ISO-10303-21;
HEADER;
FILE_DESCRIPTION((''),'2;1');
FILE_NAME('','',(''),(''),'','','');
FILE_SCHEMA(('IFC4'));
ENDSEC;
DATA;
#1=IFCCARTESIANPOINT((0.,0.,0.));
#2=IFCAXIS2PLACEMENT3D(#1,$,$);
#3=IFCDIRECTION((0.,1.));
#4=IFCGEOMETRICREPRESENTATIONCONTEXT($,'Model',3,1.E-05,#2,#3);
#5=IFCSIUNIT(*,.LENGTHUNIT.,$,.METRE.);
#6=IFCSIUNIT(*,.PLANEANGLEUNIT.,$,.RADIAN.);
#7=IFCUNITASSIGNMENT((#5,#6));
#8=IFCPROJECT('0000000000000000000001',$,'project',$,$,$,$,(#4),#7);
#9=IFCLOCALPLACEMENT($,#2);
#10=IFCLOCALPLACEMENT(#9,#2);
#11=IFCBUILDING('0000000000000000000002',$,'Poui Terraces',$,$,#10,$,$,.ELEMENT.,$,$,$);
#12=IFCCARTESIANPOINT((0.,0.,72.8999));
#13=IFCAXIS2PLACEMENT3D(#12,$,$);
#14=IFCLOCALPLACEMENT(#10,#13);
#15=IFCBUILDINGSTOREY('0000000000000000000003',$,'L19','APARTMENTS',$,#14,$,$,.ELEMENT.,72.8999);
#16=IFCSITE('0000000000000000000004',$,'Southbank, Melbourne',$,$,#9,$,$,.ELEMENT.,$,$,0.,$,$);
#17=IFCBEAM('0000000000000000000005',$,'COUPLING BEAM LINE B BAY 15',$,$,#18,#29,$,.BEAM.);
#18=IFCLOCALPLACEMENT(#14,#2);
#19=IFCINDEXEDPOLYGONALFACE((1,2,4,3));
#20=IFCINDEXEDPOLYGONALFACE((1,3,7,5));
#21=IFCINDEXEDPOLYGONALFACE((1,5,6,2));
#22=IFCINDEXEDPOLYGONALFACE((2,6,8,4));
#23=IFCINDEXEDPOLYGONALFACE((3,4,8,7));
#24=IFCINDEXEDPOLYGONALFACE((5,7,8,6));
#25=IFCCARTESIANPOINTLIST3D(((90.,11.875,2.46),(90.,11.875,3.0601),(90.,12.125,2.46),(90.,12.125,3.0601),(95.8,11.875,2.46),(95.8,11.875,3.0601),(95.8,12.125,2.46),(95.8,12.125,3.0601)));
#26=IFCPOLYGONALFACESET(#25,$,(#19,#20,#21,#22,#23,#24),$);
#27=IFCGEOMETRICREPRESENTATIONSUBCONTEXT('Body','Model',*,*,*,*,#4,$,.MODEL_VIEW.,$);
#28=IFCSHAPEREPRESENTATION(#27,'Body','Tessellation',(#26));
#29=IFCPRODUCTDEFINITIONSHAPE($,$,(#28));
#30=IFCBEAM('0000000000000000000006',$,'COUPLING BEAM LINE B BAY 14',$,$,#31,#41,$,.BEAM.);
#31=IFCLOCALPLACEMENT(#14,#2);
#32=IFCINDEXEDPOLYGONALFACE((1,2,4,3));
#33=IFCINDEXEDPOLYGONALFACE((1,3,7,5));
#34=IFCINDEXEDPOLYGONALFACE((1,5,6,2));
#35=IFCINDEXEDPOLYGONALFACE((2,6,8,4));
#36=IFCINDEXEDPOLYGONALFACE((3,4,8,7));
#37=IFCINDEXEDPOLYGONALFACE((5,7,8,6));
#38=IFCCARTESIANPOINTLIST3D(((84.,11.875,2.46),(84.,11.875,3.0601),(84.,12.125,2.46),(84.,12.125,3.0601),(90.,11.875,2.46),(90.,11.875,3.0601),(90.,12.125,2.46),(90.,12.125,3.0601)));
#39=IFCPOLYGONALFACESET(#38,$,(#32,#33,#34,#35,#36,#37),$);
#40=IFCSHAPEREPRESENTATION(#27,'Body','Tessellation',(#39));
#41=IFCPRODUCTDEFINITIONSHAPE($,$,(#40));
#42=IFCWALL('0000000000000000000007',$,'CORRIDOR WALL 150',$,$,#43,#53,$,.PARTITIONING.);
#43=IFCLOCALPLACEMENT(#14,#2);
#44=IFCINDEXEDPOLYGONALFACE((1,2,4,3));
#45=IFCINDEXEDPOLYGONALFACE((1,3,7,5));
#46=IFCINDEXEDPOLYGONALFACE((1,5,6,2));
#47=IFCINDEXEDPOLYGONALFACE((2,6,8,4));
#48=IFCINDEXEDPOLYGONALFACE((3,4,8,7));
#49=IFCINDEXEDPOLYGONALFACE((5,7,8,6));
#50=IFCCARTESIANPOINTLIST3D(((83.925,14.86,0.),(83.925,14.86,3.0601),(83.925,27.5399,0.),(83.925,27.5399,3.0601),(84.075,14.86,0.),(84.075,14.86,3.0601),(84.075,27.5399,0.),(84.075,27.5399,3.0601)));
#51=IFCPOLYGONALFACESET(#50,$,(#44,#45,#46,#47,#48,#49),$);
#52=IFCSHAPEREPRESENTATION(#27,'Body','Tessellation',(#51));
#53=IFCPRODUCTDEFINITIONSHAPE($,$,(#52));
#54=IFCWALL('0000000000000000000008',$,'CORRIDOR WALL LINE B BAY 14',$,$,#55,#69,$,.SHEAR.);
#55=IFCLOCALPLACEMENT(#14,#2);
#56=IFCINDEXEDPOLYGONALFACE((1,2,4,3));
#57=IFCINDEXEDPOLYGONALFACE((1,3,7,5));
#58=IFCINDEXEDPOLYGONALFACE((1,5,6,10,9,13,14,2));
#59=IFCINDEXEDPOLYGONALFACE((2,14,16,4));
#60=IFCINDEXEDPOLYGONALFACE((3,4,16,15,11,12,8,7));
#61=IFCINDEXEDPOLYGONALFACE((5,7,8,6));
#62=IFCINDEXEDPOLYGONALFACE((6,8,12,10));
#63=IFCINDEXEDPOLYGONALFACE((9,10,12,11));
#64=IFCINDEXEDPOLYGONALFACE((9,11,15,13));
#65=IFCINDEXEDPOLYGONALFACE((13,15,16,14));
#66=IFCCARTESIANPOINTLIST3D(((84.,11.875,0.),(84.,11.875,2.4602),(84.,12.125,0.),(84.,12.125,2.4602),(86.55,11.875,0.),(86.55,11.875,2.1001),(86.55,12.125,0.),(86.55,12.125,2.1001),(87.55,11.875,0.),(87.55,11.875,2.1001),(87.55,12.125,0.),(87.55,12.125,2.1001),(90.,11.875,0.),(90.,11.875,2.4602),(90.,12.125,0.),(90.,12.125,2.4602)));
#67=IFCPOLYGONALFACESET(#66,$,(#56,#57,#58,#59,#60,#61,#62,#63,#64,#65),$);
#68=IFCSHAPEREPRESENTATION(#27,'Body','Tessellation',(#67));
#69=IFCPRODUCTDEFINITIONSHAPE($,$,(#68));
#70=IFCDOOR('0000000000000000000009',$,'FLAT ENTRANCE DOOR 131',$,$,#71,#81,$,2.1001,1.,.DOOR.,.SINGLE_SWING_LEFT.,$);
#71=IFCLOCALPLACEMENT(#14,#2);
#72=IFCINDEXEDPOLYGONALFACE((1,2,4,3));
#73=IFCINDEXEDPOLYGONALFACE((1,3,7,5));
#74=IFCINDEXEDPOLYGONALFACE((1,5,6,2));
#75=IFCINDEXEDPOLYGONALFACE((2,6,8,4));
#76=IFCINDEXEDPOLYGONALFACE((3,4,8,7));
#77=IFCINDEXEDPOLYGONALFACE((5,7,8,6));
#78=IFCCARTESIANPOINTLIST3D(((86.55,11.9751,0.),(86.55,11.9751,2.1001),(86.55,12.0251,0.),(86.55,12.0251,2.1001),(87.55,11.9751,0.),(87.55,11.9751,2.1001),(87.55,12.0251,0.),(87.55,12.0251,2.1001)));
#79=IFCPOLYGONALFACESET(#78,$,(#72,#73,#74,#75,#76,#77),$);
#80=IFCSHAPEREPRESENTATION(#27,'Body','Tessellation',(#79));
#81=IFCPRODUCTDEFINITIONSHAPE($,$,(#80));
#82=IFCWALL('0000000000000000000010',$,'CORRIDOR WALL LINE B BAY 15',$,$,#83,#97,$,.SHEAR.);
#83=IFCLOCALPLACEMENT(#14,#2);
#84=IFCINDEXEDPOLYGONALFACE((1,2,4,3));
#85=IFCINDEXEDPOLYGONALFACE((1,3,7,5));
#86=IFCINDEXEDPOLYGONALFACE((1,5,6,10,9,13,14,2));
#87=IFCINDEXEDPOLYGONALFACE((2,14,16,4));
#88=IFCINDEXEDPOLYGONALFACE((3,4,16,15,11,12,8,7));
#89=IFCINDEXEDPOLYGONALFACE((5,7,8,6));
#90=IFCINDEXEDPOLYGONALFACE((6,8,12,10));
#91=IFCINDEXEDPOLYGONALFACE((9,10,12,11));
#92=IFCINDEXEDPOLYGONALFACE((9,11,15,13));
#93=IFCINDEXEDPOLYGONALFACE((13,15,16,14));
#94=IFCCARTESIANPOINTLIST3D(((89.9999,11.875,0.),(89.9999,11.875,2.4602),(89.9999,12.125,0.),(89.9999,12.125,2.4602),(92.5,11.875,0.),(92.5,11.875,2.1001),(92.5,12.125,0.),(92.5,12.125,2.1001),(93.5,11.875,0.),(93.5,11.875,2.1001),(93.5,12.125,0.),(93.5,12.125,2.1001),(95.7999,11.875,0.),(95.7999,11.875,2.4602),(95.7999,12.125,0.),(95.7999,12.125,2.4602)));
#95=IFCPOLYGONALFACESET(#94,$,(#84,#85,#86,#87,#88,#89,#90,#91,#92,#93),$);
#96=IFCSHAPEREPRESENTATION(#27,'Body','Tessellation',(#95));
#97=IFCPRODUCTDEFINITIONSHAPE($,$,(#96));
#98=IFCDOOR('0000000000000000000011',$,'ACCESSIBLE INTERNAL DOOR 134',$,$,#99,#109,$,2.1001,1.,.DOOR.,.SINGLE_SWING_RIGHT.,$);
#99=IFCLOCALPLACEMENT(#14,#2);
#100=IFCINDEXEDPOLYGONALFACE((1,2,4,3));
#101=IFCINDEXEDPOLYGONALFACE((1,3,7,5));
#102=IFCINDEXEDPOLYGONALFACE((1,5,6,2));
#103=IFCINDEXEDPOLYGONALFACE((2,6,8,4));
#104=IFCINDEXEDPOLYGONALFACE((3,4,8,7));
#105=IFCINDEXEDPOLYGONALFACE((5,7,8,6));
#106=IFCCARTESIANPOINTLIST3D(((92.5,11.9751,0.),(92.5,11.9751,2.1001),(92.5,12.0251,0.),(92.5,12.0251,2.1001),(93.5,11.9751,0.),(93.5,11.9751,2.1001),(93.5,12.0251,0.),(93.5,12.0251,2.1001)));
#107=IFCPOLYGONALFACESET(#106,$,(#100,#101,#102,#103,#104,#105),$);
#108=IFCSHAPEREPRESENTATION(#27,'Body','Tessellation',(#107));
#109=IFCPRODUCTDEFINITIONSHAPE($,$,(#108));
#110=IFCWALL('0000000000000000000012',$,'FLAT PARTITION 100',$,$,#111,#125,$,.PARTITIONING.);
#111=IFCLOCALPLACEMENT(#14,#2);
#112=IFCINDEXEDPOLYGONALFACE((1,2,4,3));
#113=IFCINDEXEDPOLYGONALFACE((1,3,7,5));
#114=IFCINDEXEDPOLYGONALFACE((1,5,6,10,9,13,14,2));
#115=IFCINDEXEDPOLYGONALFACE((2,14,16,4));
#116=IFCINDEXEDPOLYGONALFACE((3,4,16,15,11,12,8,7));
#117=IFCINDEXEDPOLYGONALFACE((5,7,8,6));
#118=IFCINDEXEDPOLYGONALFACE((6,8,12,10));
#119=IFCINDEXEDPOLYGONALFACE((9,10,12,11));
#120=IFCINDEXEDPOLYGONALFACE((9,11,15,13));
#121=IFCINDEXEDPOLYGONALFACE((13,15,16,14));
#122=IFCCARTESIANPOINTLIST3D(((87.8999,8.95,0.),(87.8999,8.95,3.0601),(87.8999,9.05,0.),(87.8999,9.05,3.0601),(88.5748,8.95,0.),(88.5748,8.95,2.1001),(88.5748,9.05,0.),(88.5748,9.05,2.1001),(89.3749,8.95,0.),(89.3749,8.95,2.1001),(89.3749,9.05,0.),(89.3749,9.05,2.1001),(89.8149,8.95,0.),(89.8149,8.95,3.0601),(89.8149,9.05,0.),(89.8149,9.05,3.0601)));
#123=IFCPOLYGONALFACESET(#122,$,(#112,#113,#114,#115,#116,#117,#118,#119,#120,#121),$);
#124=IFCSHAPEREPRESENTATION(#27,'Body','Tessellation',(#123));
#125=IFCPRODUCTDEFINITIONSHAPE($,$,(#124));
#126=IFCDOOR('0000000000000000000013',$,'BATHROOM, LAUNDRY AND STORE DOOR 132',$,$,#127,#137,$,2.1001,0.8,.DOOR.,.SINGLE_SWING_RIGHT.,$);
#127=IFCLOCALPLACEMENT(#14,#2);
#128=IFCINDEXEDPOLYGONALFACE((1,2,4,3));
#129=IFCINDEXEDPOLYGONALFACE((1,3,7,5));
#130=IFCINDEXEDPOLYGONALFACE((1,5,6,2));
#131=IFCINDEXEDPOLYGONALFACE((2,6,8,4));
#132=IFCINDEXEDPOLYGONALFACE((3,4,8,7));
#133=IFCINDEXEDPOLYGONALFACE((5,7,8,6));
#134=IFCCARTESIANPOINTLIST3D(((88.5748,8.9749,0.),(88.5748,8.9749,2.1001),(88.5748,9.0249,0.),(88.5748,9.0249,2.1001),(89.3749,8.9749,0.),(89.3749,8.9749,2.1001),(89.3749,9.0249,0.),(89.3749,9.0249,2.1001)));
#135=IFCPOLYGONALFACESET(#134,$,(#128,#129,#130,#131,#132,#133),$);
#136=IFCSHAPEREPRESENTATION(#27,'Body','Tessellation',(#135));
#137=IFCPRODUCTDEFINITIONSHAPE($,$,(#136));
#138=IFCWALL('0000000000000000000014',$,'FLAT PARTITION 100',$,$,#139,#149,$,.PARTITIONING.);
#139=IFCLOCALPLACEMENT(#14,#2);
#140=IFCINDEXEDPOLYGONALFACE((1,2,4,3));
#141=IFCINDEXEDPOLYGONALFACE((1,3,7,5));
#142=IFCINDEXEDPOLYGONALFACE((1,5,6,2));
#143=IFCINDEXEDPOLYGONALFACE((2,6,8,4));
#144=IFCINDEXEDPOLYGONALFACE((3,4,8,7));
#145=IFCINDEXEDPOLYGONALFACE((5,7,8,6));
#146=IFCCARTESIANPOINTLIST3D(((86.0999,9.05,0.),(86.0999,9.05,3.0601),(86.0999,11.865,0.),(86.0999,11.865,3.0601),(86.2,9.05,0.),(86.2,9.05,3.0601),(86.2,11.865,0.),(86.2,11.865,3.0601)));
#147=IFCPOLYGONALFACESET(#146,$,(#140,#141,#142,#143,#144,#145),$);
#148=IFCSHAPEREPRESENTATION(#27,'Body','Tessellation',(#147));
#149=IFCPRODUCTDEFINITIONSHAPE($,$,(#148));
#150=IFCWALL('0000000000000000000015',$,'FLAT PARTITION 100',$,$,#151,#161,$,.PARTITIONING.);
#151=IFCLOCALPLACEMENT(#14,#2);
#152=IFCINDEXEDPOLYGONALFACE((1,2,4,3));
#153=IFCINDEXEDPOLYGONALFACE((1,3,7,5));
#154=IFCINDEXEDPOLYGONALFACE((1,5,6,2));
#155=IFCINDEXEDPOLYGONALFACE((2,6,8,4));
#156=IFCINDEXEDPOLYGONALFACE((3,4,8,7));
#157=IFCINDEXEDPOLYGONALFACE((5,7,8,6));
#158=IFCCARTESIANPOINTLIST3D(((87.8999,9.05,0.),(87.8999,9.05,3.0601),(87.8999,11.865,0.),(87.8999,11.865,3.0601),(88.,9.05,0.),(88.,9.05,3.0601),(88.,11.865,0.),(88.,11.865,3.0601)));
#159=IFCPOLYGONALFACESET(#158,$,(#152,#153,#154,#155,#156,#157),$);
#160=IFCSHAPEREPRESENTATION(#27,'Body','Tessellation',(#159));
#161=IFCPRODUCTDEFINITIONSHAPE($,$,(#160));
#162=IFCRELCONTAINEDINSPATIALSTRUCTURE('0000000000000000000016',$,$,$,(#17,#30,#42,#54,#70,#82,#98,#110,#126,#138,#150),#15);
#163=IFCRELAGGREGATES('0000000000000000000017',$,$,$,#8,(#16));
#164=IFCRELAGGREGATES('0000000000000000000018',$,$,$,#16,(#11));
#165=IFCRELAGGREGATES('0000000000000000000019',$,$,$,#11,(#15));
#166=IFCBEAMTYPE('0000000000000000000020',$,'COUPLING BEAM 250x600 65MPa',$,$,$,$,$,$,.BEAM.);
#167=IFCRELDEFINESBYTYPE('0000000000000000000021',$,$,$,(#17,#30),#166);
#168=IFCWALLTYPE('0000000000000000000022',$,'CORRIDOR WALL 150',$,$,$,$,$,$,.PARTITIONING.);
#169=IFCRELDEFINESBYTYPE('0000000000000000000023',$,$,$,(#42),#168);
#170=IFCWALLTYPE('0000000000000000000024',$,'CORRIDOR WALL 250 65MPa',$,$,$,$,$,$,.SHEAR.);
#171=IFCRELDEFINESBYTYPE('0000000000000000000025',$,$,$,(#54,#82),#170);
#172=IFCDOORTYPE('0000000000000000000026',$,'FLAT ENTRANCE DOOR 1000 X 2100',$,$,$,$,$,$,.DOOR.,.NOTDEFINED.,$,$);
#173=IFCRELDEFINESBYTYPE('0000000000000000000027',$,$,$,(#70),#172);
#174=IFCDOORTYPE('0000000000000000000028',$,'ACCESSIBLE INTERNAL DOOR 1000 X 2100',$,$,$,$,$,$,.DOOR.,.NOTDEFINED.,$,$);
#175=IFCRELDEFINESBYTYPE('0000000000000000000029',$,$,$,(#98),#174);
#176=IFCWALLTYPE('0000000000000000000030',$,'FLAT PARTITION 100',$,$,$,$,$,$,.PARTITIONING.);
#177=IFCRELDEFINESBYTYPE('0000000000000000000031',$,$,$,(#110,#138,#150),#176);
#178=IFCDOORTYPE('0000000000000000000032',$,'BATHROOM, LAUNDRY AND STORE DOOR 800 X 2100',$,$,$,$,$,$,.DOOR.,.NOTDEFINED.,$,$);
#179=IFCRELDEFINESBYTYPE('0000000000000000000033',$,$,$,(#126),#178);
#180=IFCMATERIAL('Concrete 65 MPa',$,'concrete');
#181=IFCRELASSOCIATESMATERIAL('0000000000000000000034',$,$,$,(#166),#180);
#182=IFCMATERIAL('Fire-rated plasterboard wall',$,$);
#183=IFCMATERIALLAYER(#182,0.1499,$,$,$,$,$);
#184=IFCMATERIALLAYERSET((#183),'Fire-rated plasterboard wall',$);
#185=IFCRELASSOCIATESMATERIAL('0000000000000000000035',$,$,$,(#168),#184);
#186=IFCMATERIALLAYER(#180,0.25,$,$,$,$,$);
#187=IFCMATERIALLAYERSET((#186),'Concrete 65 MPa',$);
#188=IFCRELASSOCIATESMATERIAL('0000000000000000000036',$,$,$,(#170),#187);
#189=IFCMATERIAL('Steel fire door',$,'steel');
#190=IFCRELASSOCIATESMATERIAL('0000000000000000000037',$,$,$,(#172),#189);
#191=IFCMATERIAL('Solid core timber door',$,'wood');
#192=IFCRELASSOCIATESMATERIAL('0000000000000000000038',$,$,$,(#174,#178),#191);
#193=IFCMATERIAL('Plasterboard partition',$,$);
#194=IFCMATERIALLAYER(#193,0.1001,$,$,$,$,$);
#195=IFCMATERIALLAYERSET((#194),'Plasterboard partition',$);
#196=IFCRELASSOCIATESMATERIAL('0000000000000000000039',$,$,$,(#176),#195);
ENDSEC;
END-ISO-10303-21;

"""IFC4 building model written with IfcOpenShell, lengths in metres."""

from ifc_helpers import new_model, si_unit, direction, frame, frame_2d, origin, origin_2d, place, context, subcontext, project, spatial, rectangle, extrude, source, transform, mapped, material, layer, layer_set, material_profile, profile_set, type_object, element, fill, save


model = new_model("IFC4")

# Units and contexts
model_context = context("Model", 3, precision=1e-05, world=origin(), true_north=direction((0.0, 1.0)))
body_context = subcontext(model_context, "Body", "Model", "MODEL_VIEW")
ifc_project = project(units=[si_unit("LENGTHUNIT", "METRE"), si_unit("PLANEANGLEUNIT", "RADIAN")], contexts=[model_context])

# Site, building, storey
site_placement = place(None, origin())
site = spatial("IfcSite", under=ifc_project, at=site_placement, Name="Southbank, Melbourne", CompositionType="ELEMENT", RefElevation=0.0)
building_placement = place(site_placement, origin())
building = spatial("IfcBuilding", under=site, at=building_placement, Name="Poui Terraces", CompositionType="ELEMENT")
storey_placement = place(building_placement, frame((0.0, 0.0, 72.8999)))
storey = spatial("IfcBuildingStorey", under=building, at=storey_placement, Name="L19", Description="APARTMENTS", CompositionType="ELEMENT", Elevation=72.8999)

# Beams
ifc_material_1 = material(Name="Concrete 65 MPa", Category="concrete")
ifc_material_profile = material_profile(ifc_material_1, rectangle(XDim=0.25, YDim=0.6001, at=origin_2d()), Name="RC 250x600")
ifc_profile_set = profile_set([ifc_material_profile], Name="Concrete 65 MPa")
beam_type = type_object("IfcBeamType", Name="COUPLING BEAM 250x600 65MPa", PredefinedType="BEAM", material=ifc_profile_set)
shared_shape_1 = source(origin(), body_context, "Body", "SweptSolid", [
    extrude(rectangle(XDim=0.25, YDim=0.6001, at=origin_2d()), origin(), (0.0, 0.0, 1.0), 5.8),
])
beam_1_placement = place(storey_placement, frame((90.0, 12.0, 2.76), z_axis=(1.0, 0.0, 0.0), x_axis=(0.0, 1.0, 0.0)))
element("IfcBeam", 1, at=beam_1_placement, inside=storey, type_object=beam_type, Name="COUPLING BEAM LINE B BAY 15", PredefinedType="BEAM", context=body_context, shape_type="MappedRepresentation", body=[
    mapped(shared_shape_1, transform((0.0, 0.0, 0.0))),
])
shared_shape_2 = source(origin(), body_context, "Body", "SweptSolid", [
    extrude(rectangle(XDim=0.25, YDim=0.6001, at=origin_2d()), origin(), (0.0, 0.0, 1.0), 6.0),
])
beam_2_placement = place(storey_placement, frame((84.0, 12.0, 2.76), z_axis=(1.0, 0.0, 0.0), x_axis=(0.0, 1.0, 0.0)))
element("IfcBeam", 2, at=beam_2_placement, inside=storey, type_object=beam_type, Name="COUPLING BEAM LINE B BAY 14", PredefinedType="BEAM", context=body_context, shape_type="MappedRepresentation", body=[
    mapped(shared_shape_2, transform((0.0, 0.0, 0.0))),
])

# Wall
ifc_material_2 = material(Name="Fire-rated plasterboard wall")
ifc_layer_1 = layer(ifc_material_2, 0.1499)
ifc_layer_set_1 = layer_set([ifc_layer_1], Name="Fire-rated plasterboard wall")
wall_type_1 = type_object("IfcWallType", Name="CORRIDOR WALL 150", PredefinedType="PARTITIONING", material=ifc_layer_set_1)
wall_1_placement = place(storey_placement, frame((84.0, 14.8601, 0.0), z_axis=(0.0, 0.0, 1.0), x_axis=(0.0, 1.0, 0.0)))
element("IfcWall", 3, at=wall_1_placement, inside=storey, type_object=wall_type_1, Name="CORRIDOR WALL 150", PredefinedType="PARTITIONING", context=body_context, shape_type="SweptSolid", body=[
    extrude(rectangle(XDim=12.6799, YDim=0.1499, at=frame_2d((6.3398, 0.0))), origin(), (0.0, 0.0, 1.0), 3.0601),
])

# Walls, openings, doors
ifc_layer_2 = layer(ifc_material_1, 0.25)
ifc_layer_set_2 = layer_set([ifc_layer_2], Name="Concrete 65 MPa")
wall_type_2 = type_object("IfcWallType", Name="CORRIDOR WALL 250 65MPa", PredefinedType="SHEAR", material=ifc_layer_set_2)
wall_2_placement = place(storey_placement, frame((84.0, 12.0, 0.0), z_axis=(0.0, 0.0, 1.0), x_axis=(1.0, 0.0, 0.0)))
wall_2 = element("IfcWall", 4, at=wall_2_placement, inside=storey, type_object=wall_type_2, Name="CORRIDOR WALL LINE B BAY 14", PredefinedType="SHEAR", context=body_context, shape_type="SweptSolid", body=[
    extrude(rectangle(XDim=6.0, YDim=0.25, at=frame_2d((3.0, 0.0))), origin(), (0.0, 0.0, 1.0), 2.4602),
])
opening_1_placement = place(wall_2_placement, frame((2.55, 0.0, 0.0)))
opening_1 = element("IfcOpeningElement", 5, at=opening_1_placement, cuts=wall_2, PredefinedType="OPENING", context=body_context, shape_type="SweptSolid", body=[
    extrude(rectangle(XDim=1.0, YDim=2.1001, at=frame_2d((0.5, 1.05))), frame((0.0, 0.135, 0.0), z_axis=(0.0, -1.0, 0.0), x_axis=(1.0, 0.0, 0.0)), (0.0, 0.0, 1.0), 0.27),
])
ifc_material_3 = material(Name="Steel fire door", Category="steel")
door_type_1 = type_object("IfcDoorType", Name="FLAT ENTRANCE DOOR 1000 X 2100", OperationType="NOTDEFINED", PredefinedType="DOOR", material=ifc_material_3)
door_1_placement = place(opening_1_placement, frame((1.0, 0.0, 0.0), z_axis=(0.0, 0.0, 1.0), x_axis=(-1.0, 0.0, 0.0)))
door_1 = element("IfcDoor", 6, at=door_1_placement, inside=storey, type_object=door_type_1, Name="FLAT ENTRANCE DOOR 131", OperationType="SINGLE_SWING_LEFT", OverallHeight=2.1001, OverallWidth=1.0, PredefinedType="DOOR", context=body_context, shape_type="SweptSolid", body=[
    extrude(rectangle(XDim=1.0, YDim=2.1001, at=frame_2d((0.5, 1.05))), frame((0.0, 0.0249, 0.0), z_axis=(0.0, -1.0, 0.0), x_axis=(1.0, 0.0, 0.0)), (0.0, 0.0, 1.0), 0.05),
])
fill(opening_1, door_1)
wall_3_placement = place(storey_placement, frame((90.0, 12.0, 0.0), z_axis=(0.0, 0.0, 1.0), x_axis=(1.0, 0.0, 0.0)))
wall_3 = element("IfcWall", 7, at=wall_3_placement, inside=storey, type_object=wall_type_2, Name="CORRIDOR WALL LINE B BAY 15", PredefinedType="SHEAR", context=body_context, shape_type="SweptSolid", body=[
    extrude(rectangle(XDim=5.8, YDim=0.25, at=frame_2d((2.8999, 0.0))), origin(), (0.0, 0.0, 1.0), 2.4602),
])
opening_2_placement = place(wall_3_placement, frame((2.5, 0.0, 0.0)))
opening_2 = element("IfcOpeningElement", 8, at=opening_2_placement, cuts=wall_3, PredefinedType="OPENING", context=body_context, shape_type="SweptSolid", body=[
    extrude(rectangle(XDim=1.0, YDim=2.1001, at=frame_2d((0.5, 1.05))), frame((0.0, 0.135, 0.0), z_axis=(0.0, -1.0, 0.0), x_axis=(1.0, 0.0, 0.0)), (0.0, 0.0, 1.0), 0.27),
])
ifc_material_4 = material(Name="Solid core timber door", Category="wood")
door_type_2 = type_object("IfcDoorType", Name="ACCESSIBLE INTERNAL DOOR 1000 X 2100", OperationType="NOTDEFINED", PredefinedType="DOOR", material=ifc_material_4)
door_2_placement = place(opening_2_placement, frame((1.0, 0.0, 0.0), z_axis=(0.0, 0.0, 1.0), x_axis=(-1.0, 0.0, 0.0)))
door_2 = element("IfcDoor", 9, at=door_2_placement, inside=storey, type_object=door_type_2, Name="ACCESSIBLE INTERNAL DOOR 134", OperationType="SINGLE_SWING_RIGHT", OverallHeight=2.1001, OverallWidth=1.0, PredefinedType="DOOR", context=body_context, shape_type="SweptSolid", body=[
    extrude(rectangle(XDim=1.0, YDim=2.1001, at=frame_2d((0.5, 1.05))), frame((0.0, 0.0249, 0.0), z_axis=(0.0, -1.0, 0.0), x_axis=(1.0, 0.0, 0.0)), (0.0, 0.0, 1.0), 0.05),
])
fill(opening_2, door_2)
ifc_material_5 = material(Name="Plasterboard partition")
ifc_layer_3 = layer(ifc_material_5, 0.1001)
ifc_layer_set_3 = layer_set([ifc_layer_3], Name="Plasterboard partition")
wall_type_3 = type_object("IfcWallType", Name="FLAT PARTITION 100", PredefinedType="PARTITIONING", material=ifc_layer_set_3)
wall_4_placement = place(storey_placement, frame((87.8999, 9.0, 0.0), z_axis=(0.0, 0.0, 1.0), x_axis=(1.0, 0.0, 0.0)))
wall_4 = element("IfcWall", 10, at=wall_4_placement, inside=storey, type_object=wall_type_3, Name="FLAT PARTITION 100", PredefinedType="PARTITIONING", context=body_context, shape_type="SweptSolid", body=[
    extrude(rectangle(XDim=1.915, YDim=0.1001, at=frame_2d((0.9575, 0.0))), origin(), (0.0, 0.0, 1.0), 3.0601),
])
opening_3_placement = place(wall_4_placement, frame((0.675, 0.0, 0.0)))
opening_3 = element("IfcOpeningElement", 11, at=opening_3_placement, cuts=wall_4, PredefinedType="OPENING", context=body_context, shape_type="SweptSolid", body=[
    extrude(rectangle(XDim=0.8, YDim=2.1001, at=frame_2d((0.3999, 1.05))), frame((0.0, 0.0601, 0.0), z_axis=(0.0, -1.0, 0.0), x_axis=(1.0, 0.0, 0.0)), (0.0, 0.0, 1.0), 0.1201),
])
door_type_3 = type_object("IfcDoorType", Name="BATHROOM, LAUNDRY AND STORE DOOR 800 X 2100", OperationType="NOTDEFINED", PredefinedType="DOOR", material=ifc_material_4)
door_3_placement = place(opening_3_placement, origin())
door_3 = element("IfcDoor", 12, at=door_3_placement, inside=storey, type_object=door_type_3, Name="BATHROOM, LAUNDRY AND STORE DOOR 132", OperationType="SINGLE_SWING_RIGHT", OverallHeight=2.1001, OverallWidth=0.8, PredefinedType="DOOR", context=body_context, shape_type="SweptSolid", body=[
    extrude(rectangle(XDim=0.8, YDim=2.1001, at=frame_2d((0.3999, 1.05))), frame((0.0, 0.0249, 0.0), z_axis=(0.0, -1.0, 0.0), x_axis=(1.0, 0.0, 0.0)), (0.0, 0.0, 1.0), 0.05),
])
fill(opening_3, door_3)

# Walls
for number, where, z_axis, x_axis, name in (
    (13, (86.1499, 9.05, 0.0), (0.0, 0.0, 1.0), (0.0, 1.0, 0.0), "FLAT PARTITION 100"),
    (14, (87.95, 9.05, 0.0), (0.0, 0.0, 1.0), (0.0, 1.0, 0.0), "FLAT PARTITION 100"),
):
    element("IfcWall", number, at=place(storey_placement, frame(where, z_axis=z_axis, x_axis=x_axis)), inside=storey, type_object=wall_type_3, Name=name, PredefinedType="PARTITIONING", context=body_context, shape_type="SweptSolid", body=[
        extrude(rectangle(XDim=2.8149, YDim=0.1001, at=frame_2d((1.4075, 0.0))), origin(), (0.0, 0.0, 1.0), 3.0601),
    ])

save(model, "model.ifc")
